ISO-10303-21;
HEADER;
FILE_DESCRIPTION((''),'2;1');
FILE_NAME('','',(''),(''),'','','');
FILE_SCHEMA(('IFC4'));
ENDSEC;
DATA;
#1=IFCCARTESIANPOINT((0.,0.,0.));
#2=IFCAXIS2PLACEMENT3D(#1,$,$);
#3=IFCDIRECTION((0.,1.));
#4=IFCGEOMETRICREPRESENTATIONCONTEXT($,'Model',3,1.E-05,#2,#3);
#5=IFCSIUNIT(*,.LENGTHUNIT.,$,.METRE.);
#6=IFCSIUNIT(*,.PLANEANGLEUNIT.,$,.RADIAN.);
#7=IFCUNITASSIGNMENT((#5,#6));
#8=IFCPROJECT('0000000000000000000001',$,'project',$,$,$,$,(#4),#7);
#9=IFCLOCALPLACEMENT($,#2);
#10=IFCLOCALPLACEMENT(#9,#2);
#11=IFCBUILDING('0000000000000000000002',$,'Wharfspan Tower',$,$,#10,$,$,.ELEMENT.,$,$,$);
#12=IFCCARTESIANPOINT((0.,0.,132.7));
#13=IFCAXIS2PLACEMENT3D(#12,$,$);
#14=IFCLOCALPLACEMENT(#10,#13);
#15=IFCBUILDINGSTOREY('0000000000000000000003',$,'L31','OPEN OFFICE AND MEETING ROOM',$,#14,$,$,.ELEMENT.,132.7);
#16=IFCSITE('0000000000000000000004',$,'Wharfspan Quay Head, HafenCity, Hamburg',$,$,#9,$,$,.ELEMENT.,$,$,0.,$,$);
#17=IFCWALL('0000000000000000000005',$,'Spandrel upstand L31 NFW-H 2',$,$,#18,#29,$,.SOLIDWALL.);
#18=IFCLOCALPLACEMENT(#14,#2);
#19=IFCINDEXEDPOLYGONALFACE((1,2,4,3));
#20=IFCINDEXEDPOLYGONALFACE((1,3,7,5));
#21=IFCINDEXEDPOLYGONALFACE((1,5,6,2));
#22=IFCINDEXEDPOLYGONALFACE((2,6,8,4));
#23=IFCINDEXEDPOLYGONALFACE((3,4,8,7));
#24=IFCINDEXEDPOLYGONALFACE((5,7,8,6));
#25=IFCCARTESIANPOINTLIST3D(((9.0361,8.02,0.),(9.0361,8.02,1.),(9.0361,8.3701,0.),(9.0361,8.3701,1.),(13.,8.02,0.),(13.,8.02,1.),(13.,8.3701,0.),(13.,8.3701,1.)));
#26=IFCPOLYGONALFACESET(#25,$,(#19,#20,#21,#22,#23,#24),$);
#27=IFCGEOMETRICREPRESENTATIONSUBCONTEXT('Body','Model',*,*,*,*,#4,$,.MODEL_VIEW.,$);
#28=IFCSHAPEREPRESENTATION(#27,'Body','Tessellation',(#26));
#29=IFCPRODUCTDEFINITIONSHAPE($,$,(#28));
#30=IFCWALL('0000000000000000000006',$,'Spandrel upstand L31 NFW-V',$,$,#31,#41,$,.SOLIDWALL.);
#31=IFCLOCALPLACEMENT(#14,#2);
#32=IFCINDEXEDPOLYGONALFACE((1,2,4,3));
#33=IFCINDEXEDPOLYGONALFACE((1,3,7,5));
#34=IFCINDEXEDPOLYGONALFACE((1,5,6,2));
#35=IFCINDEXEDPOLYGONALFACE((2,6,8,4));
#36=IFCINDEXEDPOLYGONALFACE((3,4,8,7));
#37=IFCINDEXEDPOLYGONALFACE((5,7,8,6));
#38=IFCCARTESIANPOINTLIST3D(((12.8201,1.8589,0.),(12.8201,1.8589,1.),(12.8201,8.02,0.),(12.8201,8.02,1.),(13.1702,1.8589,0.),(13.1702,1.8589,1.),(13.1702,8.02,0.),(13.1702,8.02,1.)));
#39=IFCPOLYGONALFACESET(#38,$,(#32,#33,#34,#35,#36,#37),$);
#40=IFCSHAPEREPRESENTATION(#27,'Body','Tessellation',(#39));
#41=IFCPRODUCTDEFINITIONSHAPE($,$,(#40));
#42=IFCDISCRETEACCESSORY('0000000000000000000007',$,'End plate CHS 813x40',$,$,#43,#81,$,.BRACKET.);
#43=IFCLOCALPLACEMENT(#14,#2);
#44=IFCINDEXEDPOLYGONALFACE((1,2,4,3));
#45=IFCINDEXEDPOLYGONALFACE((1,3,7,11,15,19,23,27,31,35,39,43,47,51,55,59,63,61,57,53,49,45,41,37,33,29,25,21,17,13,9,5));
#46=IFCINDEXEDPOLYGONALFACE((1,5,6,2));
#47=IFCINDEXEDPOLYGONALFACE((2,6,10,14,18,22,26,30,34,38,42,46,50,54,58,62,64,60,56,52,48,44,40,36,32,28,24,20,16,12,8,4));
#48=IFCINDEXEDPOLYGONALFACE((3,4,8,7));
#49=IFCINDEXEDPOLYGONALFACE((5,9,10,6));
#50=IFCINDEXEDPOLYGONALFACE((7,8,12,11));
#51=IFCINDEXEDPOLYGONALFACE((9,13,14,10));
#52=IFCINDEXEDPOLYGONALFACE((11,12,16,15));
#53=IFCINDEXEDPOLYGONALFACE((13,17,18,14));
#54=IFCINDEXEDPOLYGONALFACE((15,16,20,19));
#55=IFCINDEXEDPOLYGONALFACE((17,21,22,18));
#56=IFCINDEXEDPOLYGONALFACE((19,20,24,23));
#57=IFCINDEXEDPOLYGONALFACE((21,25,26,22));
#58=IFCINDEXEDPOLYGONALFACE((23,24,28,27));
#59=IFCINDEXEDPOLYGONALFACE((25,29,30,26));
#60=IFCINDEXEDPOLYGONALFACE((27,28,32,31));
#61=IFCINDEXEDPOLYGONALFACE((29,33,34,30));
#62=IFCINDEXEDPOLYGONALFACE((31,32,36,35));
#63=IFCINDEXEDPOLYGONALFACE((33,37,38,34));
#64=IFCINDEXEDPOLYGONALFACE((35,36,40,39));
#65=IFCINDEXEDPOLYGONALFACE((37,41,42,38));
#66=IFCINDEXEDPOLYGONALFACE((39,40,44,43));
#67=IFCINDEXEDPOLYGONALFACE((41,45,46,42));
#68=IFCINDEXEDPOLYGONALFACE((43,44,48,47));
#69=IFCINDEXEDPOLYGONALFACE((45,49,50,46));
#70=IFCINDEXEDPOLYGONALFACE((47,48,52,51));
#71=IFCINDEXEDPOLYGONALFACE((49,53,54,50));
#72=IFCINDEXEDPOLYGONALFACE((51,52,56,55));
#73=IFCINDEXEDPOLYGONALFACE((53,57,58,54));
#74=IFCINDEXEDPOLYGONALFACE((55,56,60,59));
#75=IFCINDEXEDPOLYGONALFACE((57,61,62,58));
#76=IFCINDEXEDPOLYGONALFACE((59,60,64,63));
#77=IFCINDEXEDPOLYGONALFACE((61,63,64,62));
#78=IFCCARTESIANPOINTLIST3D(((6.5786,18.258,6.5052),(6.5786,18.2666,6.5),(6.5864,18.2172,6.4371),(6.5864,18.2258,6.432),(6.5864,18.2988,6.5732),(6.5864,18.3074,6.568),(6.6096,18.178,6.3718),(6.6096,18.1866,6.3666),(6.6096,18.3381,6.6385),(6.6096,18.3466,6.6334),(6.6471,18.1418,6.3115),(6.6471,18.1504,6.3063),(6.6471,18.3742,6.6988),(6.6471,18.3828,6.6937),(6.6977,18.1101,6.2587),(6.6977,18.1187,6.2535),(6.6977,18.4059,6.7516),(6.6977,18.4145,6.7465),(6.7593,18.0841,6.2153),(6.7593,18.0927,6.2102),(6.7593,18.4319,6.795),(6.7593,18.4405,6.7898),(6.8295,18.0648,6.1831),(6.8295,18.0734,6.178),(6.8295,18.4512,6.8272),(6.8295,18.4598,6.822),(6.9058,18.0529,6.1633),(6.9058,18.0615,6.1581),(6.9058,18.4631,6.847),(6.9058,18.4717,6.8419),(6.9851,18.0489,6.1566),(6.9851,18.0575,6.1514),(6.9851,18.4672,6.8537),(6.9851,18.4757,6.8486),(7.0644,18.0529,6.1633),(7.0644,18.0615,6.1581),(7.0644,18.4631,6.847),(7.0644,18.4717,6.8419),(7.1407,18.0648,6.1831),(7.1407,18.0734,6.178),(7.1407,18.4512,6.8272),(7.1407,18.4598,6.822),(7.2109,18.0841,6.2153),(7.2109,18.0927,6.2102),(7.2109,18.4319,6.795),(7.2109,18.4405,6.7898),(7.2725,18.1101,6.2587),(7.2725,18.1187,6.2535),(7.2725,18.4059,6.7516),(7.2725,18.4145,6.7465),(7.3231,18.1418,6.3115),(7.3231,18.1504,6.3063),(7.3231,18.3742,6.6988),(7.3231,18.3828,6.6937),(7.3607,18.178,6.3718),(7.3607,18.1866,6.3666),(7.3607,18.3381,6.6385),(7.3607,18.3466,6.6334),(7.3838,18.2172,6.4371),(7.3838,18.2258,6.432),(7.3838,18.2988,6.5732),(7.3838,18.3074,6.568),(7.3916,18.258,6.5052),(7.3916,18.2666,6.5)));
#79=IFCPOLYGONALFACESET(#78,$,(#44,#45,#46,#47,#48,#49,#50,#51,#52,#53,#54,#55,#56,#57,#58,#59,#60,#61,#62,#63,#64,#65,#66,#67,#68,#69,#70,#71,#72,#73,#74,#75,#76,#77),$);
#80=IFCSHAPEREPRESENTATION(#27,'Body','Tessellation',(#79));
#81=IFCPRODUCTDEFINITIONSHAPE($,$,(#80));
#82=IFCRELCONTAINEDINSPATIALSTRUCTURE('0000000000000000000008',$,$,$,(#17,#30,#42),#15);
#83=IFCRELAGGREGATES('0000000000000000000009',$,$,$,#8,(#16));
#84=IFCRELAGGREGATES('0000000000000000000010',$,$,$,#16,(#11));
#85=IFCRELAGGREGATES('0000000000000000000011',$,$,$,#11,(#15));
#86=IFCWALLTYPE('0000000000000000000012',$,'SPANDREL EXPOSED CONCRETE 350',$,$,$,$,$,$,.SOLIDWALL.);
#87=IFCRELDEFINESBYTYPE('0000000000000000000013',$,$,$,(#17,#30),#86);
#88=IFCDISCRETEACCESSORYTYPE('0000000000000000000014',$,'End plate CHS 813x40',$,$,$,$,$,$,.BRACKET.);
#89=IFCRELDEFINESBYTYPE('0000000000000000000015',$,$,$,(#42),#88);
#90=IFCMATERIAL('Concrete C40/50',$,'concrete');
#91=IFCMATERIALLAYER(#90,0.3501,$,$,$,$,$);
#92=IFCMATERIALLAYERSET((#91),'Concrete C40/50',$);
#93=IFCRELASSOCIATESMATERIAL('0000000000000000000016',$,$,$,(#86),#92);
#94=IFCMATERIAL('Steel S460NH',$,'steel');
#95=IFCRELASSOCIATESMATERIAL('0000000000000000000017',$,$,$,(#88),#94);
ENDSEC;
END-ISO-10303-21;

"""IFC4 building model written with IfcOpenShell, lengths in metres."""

from ifc_helpers import new_model, si_unit, direction, frame, frame_2d, origin, origin_2d, place, context, subcontext, project, spatial, rectangle, circle, extrude, material, layer, layer_set, material_profile, profile_set, type_object, element, save


model = new_model("IFC4")

# Units and contexts
model_context = context("Model", 3, precision=1e-05, world=origin(), true_north=direction((0.0, 1.0)))
body_context = subcontext(model_context, "Body", "Model", "MODEL_VIEW")
ifc_project = project(units=[si_unit("LENGTHUNIT", "METRE"), si_unit("PLANEANGLEUNIT", "RADIAN")], contexts=[model_context])

# Site, building, storey
site_placement = place(None, origin())
site = spatial("IfcSite", under=ifc_project, at=site_placement, Name="Wharfspan Quay Head, HafenCity, Hamburg", CompositionType="ELEMENT", RefElevation=0.0)
building_placement = place(site_placement, origin())
building = spatial("IfcBuilding", under=site, at=building_placement, Name="Wharfspan Tower", CompositionType="ELEMENT")
storey_placement = place(building_placement, frame((0.0, 0.0, 132.7)))
storey = spatial("IfcBuildingStorey", under=building, at=storey_placement, Name="L31", Description="OPEN OFFICE AND MEETING ROOM", CompositionType="ELEMENT", Elevation=132.7)

# Shared definitions
ifc_material_1 = material(Name="Concrete C40/50", Category="concrete")

# Walls
ifc_layer_1 = layer(ifc_material_1, 0.3501)
ifc_layer_set_1 = layer_set([ifc_layer_1], Name="Concrete C40/50")
wall_type_1 = type_object("IfcWallType", Name="SPANDREL EXPOSED CONCRETE 350", PredefinedType="SOLIDWALL", material=ifc_layer_set_1)
wall_1_placement = place(storey_placement, frame((9.0361, 8.1951, 0.0), z_axis=(0.0, 0.0, 1.0), x_axis=(1.0, 0.0, 0.0)))
element("IfcWall", 1, at=wall_1_placement, inside=storey, type_object=wall_type_1, Name="Spandrel upstand L31 NFW-H 2", PredefinedType="SOLIDWALL", context=body_context, shape_type="SweptSolid", body=[
    extrude(rectangle(XDim=3.9639, YDim=0.3501, at=frame_2d((1.9819, 0.0))), origin(), (0.0, 0.0, 1.0), 1.0),
])
wall_2_placement = place(storey_placement, frame((12.9951, 8.02, 0.0), z_axis=(0.0, 0.0, 1.0), x_axis=(0.0, -1.0, 0.0)))
element("IfcWall", 2, at=wall_2_placement, inside=storey, type_object=wall_type_1, Name="Spandrel upstand L31 NFW-V", PredefinedType="SOLIDWALL", context=body_context, shape_type="SweptSolid", body=[
    extrude(rectangle(XDim=6.1611, YDim=0.3501, at=frame_2d((3.0806, 0.0))), origin(), (0.0, 0.0, 1.0), 1.0),
])

# Discrete accessory
ifc_material_2 = material(Name="Steel S460NH", Category="steel")
ifc_material_profile_1 = material_profile(ifc_material_2, circle(Radius=0.4065, at=origin_2d()))
ifc_profile_set_1 = profile_set([ifc_material_profile_1], Name="Steel S460NH")
discrete_accessory_type = type_object("IfcDiscreteAccessoryType", Name="End plate CHS 813x40", PredefinedType="BRACKET", material=ifc_profile_set_1)
discrete_accessory_placement = place(storey_placement, frame((6.9851, 18.2666, 6.5), z_axis=(0.0, -0.857493, 0.514496), x_axis=(1.0, 0.0, 0.0)))
element("IfcDiscreteAccessory", 3, at=discrete_accessory_placement, inside=storey, type_object=discrete_accessory_type, Name="End plate CHS 813x40", PredefinedType="BRACKET", context=body_context, shape_type="SweptSolid", body=[
    extrude(circle(Radius=0.4065, at=origin_2d()), origin(), (0.0, 0.0, 1.0), 0.01),
])

save(model, "model.ifc")
